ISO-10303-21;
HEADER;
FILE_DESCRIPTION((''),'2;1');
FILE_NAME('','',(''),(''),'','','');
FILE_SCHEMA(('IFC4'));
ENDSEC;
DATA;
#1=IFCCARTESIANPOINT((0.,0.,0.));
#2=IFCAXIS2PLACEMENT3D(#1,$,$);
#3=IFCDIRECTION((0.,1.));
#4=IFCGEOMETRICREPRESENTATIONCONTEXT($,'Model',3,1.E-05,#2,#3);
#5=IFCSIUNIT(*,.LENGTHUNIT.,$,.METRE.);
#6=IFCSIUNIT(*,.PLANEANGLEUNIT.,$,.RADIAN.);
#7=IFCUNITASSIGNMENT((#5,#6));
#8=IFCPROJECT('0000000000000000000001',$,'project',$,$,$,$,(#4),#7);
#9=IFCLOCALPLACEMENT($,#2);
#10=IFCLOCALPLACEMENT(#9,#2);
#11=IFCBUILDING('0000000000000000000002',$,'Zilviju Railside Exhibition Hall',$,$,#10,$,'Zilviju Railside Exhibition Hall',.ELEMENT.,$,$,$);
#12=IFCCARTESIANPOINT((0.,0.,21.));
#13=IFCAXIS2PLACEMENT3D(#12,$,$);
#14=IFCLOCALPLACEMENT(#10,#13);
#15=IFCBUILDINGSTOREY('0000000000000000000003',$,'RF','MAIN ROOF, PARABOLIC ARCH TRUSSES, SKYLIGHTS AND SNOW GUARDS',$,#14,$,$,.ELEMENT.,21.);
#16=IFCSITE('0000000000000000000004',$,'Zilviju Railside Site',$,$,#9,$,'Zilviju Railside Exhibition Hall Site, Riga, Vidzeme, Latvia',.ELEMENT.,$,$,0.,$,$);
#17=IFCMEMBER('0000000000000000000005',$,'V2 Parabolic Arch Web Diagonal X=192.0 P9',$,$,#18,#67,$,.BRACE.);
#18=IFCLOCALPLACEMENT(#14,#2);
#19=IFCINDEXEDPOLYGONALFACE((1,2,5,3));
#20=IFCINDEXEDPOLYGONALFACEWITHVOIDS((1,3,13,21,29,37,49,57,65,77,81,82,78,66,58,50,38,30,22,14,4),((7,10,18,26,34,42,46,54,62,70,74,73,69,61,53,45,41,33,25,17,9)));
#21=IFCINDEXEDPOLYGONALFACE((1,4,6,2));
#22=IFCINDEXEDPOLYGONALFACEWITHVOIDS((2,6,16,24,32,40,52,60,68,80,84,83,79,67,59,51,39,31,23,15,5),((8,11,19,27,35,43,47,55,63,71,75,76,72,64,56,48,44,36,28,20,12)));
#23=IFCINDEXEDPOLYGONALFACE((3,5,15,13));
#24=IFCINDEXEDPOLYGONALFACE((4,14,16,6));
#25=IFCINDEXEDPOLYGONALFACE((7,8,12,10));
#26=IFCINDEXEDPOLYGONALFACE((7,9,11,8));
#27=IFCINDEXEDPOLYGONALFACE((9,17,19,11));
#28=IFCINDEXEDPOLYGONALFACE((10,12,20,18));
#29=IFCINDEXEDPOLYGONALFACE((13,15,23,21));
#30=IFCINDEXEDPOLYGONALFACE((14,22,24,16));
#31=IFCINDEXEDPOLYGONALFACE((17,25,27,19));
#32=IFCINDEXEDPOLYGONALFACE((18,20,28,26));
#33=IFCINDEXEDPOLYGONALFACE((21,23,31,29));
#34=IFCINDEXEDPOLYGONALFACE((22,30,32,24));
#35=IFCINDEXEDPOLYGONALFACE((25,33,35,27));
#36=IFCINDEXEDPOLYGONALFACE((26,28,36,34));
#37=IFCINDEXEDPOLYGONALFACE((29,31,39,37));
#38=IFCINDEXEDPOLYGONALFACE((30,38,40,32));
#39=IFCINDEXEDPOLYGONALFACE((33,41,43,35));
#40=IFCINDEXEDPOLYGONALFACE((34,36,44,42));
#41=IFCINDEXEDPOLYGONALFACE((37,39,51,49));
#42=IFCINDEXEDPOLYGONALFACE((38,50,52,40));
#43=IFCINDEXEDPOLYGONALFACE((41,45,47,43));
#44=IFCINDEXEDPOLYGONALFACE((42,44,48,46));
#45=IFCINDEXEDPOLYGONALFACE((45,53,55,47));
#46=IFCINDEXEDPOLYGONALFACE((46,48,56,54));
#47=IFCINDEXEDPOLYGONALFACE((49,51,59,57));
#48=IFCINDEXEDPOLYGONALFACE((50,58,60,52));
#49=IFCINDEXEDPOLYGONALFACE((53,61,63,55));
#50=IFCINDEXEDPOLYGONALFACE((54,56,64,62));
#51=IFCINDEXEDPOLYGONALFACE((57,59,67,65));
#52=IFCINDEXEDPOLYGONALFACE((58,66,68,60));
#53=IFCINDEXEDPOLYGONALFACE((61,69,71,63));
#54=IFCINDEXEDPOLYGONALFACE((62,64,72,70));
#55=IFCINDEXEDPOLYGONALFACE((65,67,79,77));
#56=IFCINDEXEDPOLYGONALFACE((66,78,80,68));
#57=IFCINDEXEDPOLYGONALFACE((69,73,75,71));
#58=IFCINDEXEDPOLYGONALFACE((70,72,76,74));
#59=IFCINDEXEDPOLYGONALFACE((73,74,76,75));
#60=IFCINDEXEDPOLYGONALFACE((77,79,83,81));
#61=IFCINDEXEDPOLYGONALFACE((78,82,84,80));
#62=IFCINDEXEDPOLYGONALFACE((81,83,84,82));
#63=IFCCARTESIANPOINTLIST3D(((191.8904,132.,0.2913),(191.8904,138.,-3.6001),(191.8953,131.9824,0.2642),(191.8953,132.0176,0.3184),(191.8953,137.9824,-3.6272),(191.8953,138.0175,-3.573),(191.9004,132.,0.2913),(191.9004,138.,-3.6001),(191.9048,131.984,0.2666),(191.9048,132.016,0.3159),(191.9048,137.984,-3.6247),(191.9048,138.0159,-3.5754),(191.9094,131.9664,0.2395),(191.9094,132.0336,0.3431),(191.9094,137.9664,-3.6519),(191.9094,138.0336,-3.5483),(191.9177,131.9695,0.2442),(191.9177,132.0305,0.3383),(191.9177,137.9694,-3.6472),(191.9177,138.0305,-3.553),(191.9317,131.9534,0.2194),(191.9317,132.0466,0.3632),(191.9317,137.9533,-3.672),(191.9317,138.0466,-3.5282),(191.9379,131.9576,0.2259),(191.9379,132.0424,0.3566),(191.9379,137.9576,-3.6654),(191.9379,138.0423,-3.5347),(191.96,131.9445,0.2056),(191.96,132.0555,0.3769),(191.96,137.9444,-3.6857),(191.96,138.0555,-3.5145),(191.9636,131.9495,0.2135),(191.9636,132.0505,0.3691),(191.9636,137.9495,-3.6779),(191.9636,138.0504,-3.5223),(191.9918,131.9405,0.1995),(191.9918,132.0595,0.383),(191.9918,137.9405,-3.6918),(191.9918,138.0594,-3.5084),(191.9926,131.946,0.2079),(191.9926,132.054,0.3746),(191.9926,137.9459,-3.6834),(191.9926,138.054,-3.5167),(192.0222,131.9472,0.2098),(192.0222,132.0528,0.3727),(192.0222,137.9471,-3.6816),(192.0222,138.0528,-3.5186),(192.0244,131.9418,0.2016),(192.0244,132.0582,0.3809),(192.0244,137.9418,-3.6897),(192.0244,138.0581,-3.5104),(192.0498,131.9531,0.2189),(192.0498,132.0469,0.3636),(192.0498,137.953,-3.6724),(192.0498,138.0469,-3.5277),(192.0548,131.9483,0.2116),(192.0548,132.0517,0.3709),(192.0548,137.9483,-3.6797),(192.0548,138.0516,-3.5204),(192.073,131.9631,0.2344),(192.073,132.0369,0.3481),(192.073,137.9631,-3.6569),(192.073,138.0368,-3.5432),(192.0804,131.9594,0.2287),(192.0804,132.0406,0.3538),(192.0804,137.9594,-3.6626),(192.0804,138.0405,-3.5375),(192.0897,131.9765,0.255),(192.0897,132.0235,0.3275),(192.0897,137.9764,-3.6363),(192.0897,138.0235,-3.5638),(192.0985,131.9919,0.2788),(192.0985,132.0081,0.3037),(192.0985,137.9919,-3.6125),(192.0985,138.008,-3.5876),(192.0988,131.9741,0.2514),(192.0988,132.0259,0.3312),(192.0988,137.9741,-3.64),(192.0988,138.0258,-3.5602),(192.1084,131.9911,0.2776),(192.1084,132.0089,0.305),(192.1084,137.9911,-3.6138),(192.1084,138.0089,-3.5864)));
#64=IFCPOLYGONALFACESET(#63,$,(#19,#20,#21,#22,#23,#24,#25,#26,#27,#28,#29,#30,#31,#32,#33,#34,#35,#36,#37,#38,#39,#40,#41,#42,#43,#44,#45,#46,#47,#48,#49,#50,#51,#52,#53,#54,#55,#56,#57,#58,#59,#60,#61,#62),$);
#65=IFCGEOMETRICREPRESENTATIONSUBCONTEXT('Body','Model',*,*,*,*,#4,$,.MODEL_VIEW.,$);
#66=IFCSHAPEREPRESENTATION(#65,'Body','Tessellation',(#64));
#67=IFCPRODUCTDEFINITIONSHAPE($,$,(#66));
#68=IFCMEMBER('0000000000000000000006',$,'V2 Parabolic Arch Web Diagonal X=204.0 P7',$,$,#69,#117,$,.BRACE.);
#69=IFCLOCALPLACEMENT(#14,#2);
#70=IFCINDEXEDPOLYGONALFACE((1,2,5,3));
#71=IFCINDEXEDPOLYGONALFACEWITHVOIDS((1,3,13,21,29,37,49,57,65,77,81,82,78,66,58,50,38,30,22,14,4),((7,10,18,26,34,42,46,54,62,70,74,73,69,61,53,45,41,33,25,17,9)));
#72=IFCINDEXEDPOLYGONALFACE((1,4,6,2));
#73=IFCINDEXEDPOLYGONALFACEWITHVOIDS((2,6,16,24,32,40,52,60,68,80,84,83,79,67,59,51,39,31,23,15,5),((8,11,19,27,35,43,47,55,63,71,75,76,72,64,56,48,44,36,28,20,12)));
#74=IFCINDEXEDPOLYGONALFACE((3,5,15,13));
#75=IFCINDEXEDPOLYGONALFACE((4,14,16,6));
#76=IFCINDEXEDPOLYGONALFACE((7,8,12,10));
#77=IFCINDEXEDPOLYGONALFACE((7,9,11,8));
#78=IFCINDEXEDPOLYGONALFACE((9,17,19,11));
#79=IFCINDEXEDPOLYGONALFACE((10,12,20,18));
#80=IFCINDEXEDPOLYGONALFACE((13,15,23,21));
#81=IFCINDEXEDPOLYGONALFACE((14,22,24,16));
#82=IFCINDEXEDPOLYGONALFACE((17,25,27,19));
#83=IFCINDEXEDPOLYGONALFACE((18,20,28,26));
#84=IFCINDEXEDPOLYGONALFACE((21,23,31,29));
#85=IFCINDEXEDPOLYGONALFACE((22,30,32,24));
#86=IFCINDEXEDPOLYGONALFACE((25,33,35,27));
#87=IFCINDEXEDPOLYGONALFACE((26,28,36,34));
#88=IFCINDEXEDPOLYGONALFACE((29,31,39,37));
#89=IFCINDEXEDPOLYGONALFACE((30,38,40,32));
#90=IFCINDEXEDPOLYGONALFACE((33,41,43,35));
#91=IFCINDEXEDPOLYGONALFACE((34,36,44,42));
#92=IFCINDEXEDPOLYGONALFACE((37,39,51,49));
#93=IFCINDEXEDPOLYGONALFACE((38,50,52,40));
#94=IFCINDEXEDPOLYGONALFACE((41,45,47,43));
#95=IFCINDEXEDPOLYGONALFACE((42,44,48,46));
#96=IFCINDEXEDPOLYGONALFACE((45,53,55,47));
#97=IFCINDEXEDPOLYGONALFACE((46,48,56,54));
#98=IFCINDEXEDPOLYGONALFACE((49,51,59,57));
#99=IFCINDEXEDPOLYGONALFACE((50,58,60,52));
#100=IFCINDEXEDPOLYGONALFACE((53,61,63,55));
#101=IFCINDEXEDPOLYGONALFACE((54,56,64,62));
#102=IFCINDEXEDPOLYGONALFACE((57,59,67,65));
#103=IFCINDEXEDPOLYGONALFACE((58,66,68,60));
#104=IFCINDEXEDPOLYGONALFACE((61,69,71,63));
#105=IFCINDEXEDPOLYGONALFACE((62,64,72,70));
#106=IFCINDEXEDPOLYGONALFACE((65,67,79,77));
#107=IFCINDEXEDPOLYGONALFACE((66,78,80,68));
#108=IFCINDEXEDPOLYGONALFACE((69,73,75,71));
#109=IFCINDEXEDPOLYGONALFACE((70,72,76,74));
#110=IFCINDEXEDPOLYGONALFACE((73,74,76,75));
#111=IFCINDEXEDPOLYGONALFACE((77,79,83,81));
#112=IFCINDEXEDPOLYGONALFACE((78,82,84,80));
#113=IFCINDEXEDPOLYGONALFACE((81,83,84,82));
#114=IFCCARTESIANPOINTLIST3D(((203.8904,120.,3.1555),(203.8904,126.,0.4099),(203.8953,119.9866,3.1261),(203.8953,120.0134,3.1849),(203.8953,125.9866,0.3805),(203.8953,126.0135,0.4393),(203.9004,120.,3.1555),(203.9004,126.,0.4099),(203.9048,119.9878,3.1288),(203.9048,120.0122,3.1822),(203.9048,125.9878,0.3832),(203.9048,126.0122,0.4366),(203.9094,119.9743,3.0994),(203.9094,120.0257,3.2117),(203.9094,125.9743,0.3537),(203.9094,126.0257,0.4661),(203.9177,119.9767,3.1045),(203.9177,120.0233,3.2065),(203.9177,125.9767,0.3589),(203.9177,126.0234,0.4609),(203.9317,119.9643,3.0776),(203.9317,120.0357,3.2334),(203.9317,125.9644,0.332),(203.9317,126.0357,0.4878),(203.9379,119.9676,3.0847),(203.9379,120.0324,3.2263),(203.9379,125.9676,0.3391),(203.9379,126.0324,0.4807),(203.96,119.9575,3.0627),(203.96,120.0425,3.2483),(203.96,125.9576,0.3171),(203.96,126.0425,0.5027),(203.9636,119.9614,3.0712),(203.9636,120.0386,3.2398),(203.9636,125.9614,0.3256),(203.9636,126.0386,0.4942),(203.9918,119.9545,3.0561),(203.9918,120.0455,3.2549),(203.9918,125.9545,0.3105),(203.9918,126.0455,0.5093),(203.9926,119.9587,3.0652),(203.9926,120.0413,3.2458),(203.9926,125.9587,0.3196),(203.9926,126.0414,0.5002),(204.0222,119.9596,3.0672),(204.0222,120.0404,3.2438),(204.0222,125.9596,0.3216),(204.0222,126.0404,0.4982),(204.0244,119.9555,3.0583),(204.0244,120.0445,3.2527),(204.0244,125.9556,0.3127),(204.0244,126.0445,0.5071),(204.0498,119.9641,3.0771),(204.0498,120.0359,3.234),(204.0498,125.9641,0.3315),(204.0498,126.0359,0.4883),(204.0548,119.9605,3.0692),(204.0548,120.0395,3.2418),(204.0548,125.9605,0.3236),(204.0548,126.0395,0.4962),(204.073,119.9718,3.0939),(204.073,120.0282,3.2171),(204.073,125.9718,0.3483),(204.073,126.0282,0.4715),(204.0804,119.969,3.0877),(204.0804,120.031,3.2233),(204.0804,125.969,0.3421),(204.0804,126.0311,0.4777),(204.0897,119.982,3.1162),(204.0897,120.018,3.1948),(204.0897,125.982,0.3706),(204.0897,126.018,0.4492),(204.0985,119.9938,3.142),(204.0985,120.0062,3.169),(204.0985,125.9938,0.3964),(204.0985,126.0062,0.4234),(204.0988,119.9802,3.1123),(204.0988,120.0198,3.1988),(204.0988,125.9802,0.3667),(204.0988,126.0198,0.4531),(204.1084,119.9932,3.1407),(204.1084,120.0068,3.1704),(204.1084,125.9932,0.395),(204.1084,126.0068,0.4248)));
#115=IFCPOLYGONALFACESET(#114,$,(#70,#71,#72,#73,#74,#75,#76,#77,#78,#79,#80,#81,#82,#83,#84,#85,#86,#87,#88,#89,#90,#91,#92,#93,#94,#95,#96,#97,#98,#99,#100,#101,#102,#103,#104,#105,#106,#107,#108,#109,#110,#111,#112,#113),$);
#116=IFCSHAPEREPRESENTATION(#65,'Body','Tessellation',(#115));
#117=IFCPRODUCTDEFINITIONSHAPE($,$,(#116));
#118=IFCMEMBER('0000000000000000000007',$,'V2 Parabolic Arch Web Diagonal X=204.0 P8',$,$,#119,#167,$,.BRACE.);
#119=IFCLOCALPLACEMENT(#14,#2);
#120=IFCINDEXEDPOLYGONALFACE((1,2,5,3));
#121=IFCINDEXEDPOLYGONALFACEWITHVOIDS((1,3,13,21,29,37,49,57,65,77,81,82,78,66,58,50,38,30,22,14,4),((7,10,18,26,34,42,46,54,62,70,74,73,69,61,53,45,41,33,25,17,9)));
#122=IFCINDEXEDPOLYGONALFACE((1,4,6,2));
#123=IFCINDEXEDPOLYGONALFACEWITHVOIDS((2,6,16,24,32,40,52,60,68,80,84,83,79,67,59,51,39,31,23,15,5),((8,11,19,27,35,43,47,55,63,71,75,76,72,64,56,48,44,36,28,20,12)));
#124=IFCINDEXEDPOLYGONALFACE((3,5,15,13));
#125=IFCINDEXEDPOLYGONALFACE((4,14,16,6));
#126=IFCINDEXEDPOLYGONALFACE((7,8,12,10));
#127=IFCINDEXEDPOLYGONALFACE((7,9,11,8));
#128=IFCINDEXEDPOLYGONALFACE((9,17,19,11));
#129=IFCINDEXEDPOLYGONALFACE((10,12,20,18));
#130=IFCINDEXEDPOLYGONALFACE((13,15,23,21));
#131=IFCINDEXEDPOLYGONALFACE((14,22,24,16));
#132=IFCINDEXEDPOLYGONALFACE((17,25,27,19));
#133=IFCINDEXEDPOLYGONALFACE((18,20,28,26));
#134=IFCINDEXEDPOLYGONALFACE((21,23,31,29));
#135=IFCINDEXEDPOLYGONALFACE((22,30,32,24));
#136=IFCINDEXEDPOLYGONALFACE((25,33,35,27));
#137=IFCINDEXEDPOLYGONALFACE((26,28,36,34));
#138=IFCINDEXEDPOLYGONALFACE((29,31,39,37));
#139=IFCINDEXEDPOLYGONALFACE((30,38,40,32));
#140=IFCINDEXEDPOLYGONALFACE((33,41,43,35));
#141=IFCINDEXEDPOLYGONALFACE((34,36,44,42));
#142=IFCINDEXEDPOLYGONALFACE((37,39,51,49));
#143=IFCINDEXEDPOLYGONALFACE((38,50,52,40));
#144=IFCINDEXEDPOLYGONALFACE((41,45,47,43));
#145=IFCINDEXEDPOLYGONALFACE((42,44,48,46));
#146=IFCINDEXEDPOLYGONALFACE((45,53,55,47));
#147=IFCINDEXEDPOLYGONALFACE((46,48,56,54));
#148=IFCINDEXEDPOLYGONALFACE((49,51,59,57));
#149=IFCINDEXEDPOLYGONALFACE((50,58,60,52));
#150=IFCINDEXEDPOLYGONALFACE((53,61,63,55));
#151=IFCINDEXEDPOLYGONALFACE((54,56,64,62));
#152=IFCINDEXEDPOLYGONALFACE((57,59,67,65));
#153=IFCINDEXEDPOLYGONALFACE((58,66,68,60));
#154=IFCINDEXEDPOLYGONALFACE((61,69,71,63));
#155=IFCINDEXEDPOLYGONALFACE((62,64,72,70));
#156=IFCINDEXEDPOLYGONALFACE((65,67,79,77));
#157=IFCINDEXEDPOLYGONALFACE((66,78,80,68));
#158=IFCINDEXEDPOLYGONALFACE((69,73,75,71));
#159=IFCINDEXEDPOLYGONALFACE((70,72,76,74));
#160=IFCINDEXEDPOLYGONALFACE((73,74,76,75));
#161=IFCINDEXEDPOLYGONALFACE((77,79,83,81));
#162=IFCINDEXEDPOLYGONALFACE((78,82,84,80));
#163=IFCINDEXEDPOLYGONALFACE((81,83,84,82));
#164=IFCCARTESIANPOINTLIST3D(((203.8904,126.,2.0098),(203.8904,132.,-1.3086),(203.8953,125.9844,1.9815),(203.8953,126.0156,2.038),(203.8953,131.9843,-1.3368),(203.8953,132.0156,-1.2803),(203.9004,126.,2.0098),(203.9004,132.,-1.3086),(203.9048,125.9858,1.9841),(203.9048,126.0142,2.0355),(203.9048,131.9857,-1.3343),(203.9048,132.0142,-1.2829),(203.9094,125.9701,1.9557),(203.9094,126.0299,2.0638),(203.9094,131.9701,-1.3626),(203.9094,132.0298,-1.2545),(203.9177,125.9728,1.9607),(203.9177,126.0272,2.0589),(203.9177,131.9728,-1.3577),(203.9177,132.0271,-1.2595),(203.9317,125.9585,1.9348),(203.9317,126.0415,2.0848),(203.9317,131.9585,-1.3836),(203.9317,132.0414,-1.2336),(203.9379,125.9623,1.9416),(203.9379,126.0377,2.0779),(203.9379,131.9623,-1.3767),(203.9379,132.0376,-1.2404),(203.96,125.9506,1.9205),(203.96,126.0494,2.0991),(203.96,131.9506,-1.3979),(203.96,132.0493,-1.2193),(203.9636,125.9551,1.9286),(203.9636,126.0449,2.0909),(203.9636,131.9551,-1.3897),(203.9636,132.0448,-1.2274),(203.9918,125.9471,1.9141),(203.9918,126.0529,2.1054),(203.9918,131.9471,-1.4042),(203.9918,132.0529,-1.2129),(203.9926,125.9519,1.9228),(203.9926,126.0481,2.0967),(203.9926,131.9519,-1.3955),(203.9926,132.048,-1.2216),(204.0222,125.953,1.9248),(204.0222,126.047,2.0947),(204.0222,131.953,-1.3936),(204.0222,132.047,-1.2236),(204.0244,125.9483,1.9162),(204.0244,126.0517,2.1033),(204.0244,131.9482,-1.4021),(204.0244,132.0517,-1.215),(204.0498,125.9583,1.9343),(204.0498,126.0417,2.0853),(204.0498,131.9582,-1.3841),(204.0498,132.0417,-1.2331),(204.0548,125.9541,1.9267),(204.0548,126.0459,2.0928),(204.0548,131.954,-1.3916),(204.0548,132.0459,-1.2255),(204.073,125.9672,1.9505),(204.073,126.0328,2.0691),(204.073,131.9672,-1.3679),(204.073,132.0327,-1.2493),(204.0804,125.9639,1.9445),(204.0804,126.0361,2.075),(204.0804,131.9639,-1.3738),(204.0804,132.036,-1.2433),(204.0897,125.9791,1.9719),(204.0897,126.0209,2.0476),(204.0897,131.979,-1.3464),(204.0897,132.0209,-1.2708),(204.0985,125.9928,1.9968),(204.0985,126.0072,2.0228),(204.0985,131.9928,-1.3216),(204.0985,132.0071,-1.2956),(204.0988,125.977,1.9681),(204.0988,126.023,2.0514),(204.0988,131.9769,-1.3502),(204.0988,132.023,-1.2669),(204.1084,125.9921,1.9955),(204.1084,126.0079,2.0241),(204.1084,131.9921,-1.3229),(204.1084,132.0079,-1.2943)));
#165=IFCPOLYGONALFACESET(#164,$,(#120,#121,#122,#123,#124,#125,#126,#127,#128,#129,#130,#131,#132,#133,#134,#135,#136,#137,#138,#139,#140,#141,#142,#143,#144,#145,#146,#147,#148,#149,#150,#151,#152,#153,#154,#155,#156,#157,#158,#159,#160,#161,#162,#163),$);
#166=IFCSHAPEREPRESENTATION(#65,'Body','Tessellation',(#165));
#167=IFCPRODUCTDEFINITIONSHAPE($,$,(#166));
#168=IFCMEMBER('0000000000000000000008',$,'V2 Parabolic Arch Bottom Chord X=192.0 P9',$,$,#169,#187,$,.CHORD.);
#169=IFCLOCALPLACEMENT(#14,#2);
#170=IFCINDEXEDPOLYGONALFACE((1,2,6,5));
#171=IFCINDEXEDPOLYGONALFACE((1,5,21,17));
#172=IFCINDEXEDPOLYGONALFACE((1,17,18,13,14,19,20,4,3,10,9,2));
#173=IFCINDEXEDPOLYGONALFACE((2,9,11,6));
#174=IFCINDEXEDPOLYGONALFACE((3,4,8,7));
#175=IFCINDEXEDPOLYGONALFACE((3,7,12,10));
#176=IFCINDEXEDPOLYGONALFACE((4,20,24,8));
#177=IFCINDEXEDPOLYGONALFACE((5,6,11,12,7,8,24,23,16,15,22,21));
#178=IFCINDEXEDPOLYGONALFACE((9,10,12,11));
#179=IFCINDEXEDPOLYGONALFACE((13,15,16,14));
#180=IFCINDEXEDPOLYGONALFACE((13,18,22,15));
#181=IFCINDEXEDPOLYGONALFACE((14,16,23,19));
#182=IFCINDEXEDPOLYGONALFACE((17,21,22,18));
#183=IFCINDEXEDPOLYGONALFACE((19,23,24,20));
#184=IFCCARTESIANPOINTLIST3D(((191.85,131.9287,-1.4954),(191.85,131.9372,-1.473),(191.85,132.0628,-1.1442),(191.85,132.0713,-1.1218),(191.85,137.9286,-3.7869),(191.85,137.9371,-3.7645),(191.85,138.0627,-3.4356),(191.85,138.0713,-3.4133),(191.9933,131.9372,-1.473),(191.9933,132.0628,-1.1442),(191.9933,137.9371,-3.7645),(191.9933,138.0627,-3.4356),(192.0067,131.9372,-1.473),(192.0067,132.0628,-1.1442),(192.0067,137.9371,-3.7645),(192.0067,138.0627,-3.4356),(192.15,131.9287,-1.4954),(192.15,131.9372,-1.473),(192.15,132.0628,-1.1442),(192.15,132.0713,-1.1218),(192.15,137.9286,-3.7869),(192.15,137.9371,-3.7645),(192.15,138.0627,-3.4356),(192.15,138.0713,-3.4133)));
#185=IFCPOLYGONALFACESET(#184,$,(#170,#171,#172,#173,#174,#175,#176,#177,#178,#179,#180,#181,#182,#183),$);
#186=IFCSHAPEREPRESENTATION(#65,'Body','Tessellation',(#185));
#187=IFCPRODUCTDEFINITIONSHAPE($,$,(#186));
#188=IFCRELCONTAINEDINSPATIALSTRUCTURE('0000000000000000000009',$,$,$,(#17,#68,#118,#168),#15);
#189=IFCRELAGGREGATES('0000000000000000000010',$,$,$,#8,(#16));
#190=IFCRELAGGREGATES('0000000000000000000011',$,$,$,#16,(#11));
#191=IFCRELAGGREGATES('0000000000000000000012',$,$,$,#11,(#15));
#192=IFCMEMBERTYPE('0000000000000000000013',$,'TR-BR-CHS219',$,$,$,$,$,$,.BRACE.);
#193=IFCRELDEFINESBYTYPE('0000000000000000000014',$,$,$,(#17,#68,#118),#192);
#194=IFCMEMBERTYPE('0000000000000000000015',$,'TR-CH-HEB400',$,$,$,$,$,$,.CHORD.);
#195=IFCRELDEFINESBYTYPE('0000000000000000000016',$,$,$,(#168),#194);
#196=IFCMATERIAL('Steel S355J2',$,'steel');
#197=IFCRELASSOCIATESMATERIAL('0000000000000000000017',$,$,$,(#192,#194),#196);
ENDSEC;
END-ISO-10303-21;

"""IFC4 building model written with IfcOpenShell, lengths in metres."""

from ifc_helpers import new_model, si_unit, direction, frame, origin, origin_2d, place, context, subcontext, project, spatial, hollow_circle, i_section, extrude, material, material_profile, profile_set, type_object, element, save


model = new_model("IFC4")

# Units and contexts
model_context = context("Model", 3, precision=1e-05, world=origin(), true_north=direction((0.0, 1.0)))
body_context = subcontext(model_context, "Body", "Model", "MODEL_VIEW")
ifc_project = project(units=[si_unit("LENGTHUNIT", "METRE"), si_unit("PLANEANGLEUNIT", "RADIAN")], contexts=[model_context])

# Site, building, storey
site_placement = place(None, origin())
site = spatial("IfcSite", under=ifc_project, at=site_placement, Name="Zilviju Railside Site", LongName="Zilviju Railside Exhibition Hall Site, Riga, Vidzeme, Latvia", CompositionType="ELEMENT", RefElevation=0.0)
building_placement = place(site_placement, origin())
building = spatial("IfcBuilding", under=site, at=building_placement, Name="Zilviju Railside Exhibition Hall", LongName="Zilviju Railside Exhibition Hall", CompositionType="ELEMENT")
storey_placement = place(building_placement, frame((0.0, 0.0, 21.0)))
storey = spatial("IfcBuildingStorey", under=building, at=storey_placement, Name="RF", Description="MAIN ROOF, PARABOLIC ARCH TRUSSES, SKYLIGHTS AND SNOW GUARDS", CompositionType="ELEMENT", Elevation=21.0)

# Members
ifc_material_1 = material(Name="Steel S355J2", Category="steel")
ifc_material_profile_1 = material_profile(ifc_material_1, hollow_circle(Radius=0.1096, WallThickness=0.01, at=origin_2d()), Name="CHS 219.1x10.0")
ifc_profile_set_1 = profile_set([ifc_material_profile_1], Name="Steel S355J2")
member_type_1 = type_object("IfcMemberType", Name="TR-BR-CHS219", PredefinedType="BRACE", material=ifc_profile_set_1)
member_1_placement = place(storey_placement, frame((192.0, 132.0, 0.2913), z_axis=(0.0, 0.838995, -0.544139), x_axis=(-1.0, 0.0, 0.0)))
element("IfcMember", 1, at=member_1_placement, inside=storey, type_object=member_type_1, Name="V2 Parabolic Arch Web Diagonal X=192.0 P9", PredefinedType="BRACE", context=body_context, shape_type="SweptSolid", body=[
    extrude(hollow_circle(Radius=0.1096, WallThickness=0.01, at=origin_2d()), origin(), (0.0, 0.0, 1.0), 7.1514),
])
member_2_placement = place(storey_placement, frame((204.0, 120.0, 3.1555), z_axis=(0.0, 0.909317, -0.416104), x_axis=(-1.0, 0.0, 0.0)))
element("IfcMember", 2, at=member_2_placement, inside=storey, type_object=member_type_1, Name="V2 Parabolic Arch Web Diagonal X=204.0 P7", PredefinedType="BRACE", context=body_context, shape_type="SweptSolid", body=[
    extrude(hollow_circle(Radius=0.1096, WallThickness=0.01, at=origin_2d()), origin(), (0.0, 0.0, 1.0), 6.5984),
])
member_3_placement = place(storey_placement, frame((204.0, 126.0, 2.0098), z_axis=(0.0, 0.875083, -0.483973), x_axis=(-1.0, 0.0, 0.0)))
element("IfcMember", 3, at=member_3_placement, inside=storey, type_object=member_type_1, Name="V2 Parabolic Arch Web Diagonal X=204.0 P8", PredefinedType="BRACE", context=body_context, shape_type="SweptSolid", body=[
    extrude(hollow_circle(Radius=0.1096, WallThickness=0.01, at=origin_2d()), origin(), (0.0, 0.0, 1.0), 6.8564),
])
ifc_material_profile_2 = material_profile(ifc_material_1, i_section(OverallWidth=0.3, OverallDepth=0.3999, WebThickness=0.0134, FlangeThickness=0.0239, at=origin_2d()), Name="HEB 400")
ifc_profile_set_2 = profile_set([ifc_material_profile_2], Name="Steel S355J2")
member_type_2 = type_object("IfcMemberType", Name="TR-CH-HEB400", PredefinedType="CHORD", material=ifc_profile_set_2)
member_4_placement = place(storey_placement, frame((192.0, 132.0, -1.3086), z_axis=(0.0, 0.934188, -0.356782), x_axis=(-1.0, 0.0, 0.0)))
element("IfcMember", 4, at=member_4_placement, inside=storey, type_object=member_type_2, Name="V2 Parabolic Arch Bottom Chord X=192.0 P9", PredefinedType="CHORD", context=body_context, shape_type="SweptSolid", body=[
    extrude(i_section(OverallWidth=0.3, OverallDepth=0.3999, WebThickness=0.0134, FlangeThickness=0.0239, at=origin_2d()), origin(), (0.0, 0.0, 1.0), 6.4226),
])

save(model, "model.ifc")
